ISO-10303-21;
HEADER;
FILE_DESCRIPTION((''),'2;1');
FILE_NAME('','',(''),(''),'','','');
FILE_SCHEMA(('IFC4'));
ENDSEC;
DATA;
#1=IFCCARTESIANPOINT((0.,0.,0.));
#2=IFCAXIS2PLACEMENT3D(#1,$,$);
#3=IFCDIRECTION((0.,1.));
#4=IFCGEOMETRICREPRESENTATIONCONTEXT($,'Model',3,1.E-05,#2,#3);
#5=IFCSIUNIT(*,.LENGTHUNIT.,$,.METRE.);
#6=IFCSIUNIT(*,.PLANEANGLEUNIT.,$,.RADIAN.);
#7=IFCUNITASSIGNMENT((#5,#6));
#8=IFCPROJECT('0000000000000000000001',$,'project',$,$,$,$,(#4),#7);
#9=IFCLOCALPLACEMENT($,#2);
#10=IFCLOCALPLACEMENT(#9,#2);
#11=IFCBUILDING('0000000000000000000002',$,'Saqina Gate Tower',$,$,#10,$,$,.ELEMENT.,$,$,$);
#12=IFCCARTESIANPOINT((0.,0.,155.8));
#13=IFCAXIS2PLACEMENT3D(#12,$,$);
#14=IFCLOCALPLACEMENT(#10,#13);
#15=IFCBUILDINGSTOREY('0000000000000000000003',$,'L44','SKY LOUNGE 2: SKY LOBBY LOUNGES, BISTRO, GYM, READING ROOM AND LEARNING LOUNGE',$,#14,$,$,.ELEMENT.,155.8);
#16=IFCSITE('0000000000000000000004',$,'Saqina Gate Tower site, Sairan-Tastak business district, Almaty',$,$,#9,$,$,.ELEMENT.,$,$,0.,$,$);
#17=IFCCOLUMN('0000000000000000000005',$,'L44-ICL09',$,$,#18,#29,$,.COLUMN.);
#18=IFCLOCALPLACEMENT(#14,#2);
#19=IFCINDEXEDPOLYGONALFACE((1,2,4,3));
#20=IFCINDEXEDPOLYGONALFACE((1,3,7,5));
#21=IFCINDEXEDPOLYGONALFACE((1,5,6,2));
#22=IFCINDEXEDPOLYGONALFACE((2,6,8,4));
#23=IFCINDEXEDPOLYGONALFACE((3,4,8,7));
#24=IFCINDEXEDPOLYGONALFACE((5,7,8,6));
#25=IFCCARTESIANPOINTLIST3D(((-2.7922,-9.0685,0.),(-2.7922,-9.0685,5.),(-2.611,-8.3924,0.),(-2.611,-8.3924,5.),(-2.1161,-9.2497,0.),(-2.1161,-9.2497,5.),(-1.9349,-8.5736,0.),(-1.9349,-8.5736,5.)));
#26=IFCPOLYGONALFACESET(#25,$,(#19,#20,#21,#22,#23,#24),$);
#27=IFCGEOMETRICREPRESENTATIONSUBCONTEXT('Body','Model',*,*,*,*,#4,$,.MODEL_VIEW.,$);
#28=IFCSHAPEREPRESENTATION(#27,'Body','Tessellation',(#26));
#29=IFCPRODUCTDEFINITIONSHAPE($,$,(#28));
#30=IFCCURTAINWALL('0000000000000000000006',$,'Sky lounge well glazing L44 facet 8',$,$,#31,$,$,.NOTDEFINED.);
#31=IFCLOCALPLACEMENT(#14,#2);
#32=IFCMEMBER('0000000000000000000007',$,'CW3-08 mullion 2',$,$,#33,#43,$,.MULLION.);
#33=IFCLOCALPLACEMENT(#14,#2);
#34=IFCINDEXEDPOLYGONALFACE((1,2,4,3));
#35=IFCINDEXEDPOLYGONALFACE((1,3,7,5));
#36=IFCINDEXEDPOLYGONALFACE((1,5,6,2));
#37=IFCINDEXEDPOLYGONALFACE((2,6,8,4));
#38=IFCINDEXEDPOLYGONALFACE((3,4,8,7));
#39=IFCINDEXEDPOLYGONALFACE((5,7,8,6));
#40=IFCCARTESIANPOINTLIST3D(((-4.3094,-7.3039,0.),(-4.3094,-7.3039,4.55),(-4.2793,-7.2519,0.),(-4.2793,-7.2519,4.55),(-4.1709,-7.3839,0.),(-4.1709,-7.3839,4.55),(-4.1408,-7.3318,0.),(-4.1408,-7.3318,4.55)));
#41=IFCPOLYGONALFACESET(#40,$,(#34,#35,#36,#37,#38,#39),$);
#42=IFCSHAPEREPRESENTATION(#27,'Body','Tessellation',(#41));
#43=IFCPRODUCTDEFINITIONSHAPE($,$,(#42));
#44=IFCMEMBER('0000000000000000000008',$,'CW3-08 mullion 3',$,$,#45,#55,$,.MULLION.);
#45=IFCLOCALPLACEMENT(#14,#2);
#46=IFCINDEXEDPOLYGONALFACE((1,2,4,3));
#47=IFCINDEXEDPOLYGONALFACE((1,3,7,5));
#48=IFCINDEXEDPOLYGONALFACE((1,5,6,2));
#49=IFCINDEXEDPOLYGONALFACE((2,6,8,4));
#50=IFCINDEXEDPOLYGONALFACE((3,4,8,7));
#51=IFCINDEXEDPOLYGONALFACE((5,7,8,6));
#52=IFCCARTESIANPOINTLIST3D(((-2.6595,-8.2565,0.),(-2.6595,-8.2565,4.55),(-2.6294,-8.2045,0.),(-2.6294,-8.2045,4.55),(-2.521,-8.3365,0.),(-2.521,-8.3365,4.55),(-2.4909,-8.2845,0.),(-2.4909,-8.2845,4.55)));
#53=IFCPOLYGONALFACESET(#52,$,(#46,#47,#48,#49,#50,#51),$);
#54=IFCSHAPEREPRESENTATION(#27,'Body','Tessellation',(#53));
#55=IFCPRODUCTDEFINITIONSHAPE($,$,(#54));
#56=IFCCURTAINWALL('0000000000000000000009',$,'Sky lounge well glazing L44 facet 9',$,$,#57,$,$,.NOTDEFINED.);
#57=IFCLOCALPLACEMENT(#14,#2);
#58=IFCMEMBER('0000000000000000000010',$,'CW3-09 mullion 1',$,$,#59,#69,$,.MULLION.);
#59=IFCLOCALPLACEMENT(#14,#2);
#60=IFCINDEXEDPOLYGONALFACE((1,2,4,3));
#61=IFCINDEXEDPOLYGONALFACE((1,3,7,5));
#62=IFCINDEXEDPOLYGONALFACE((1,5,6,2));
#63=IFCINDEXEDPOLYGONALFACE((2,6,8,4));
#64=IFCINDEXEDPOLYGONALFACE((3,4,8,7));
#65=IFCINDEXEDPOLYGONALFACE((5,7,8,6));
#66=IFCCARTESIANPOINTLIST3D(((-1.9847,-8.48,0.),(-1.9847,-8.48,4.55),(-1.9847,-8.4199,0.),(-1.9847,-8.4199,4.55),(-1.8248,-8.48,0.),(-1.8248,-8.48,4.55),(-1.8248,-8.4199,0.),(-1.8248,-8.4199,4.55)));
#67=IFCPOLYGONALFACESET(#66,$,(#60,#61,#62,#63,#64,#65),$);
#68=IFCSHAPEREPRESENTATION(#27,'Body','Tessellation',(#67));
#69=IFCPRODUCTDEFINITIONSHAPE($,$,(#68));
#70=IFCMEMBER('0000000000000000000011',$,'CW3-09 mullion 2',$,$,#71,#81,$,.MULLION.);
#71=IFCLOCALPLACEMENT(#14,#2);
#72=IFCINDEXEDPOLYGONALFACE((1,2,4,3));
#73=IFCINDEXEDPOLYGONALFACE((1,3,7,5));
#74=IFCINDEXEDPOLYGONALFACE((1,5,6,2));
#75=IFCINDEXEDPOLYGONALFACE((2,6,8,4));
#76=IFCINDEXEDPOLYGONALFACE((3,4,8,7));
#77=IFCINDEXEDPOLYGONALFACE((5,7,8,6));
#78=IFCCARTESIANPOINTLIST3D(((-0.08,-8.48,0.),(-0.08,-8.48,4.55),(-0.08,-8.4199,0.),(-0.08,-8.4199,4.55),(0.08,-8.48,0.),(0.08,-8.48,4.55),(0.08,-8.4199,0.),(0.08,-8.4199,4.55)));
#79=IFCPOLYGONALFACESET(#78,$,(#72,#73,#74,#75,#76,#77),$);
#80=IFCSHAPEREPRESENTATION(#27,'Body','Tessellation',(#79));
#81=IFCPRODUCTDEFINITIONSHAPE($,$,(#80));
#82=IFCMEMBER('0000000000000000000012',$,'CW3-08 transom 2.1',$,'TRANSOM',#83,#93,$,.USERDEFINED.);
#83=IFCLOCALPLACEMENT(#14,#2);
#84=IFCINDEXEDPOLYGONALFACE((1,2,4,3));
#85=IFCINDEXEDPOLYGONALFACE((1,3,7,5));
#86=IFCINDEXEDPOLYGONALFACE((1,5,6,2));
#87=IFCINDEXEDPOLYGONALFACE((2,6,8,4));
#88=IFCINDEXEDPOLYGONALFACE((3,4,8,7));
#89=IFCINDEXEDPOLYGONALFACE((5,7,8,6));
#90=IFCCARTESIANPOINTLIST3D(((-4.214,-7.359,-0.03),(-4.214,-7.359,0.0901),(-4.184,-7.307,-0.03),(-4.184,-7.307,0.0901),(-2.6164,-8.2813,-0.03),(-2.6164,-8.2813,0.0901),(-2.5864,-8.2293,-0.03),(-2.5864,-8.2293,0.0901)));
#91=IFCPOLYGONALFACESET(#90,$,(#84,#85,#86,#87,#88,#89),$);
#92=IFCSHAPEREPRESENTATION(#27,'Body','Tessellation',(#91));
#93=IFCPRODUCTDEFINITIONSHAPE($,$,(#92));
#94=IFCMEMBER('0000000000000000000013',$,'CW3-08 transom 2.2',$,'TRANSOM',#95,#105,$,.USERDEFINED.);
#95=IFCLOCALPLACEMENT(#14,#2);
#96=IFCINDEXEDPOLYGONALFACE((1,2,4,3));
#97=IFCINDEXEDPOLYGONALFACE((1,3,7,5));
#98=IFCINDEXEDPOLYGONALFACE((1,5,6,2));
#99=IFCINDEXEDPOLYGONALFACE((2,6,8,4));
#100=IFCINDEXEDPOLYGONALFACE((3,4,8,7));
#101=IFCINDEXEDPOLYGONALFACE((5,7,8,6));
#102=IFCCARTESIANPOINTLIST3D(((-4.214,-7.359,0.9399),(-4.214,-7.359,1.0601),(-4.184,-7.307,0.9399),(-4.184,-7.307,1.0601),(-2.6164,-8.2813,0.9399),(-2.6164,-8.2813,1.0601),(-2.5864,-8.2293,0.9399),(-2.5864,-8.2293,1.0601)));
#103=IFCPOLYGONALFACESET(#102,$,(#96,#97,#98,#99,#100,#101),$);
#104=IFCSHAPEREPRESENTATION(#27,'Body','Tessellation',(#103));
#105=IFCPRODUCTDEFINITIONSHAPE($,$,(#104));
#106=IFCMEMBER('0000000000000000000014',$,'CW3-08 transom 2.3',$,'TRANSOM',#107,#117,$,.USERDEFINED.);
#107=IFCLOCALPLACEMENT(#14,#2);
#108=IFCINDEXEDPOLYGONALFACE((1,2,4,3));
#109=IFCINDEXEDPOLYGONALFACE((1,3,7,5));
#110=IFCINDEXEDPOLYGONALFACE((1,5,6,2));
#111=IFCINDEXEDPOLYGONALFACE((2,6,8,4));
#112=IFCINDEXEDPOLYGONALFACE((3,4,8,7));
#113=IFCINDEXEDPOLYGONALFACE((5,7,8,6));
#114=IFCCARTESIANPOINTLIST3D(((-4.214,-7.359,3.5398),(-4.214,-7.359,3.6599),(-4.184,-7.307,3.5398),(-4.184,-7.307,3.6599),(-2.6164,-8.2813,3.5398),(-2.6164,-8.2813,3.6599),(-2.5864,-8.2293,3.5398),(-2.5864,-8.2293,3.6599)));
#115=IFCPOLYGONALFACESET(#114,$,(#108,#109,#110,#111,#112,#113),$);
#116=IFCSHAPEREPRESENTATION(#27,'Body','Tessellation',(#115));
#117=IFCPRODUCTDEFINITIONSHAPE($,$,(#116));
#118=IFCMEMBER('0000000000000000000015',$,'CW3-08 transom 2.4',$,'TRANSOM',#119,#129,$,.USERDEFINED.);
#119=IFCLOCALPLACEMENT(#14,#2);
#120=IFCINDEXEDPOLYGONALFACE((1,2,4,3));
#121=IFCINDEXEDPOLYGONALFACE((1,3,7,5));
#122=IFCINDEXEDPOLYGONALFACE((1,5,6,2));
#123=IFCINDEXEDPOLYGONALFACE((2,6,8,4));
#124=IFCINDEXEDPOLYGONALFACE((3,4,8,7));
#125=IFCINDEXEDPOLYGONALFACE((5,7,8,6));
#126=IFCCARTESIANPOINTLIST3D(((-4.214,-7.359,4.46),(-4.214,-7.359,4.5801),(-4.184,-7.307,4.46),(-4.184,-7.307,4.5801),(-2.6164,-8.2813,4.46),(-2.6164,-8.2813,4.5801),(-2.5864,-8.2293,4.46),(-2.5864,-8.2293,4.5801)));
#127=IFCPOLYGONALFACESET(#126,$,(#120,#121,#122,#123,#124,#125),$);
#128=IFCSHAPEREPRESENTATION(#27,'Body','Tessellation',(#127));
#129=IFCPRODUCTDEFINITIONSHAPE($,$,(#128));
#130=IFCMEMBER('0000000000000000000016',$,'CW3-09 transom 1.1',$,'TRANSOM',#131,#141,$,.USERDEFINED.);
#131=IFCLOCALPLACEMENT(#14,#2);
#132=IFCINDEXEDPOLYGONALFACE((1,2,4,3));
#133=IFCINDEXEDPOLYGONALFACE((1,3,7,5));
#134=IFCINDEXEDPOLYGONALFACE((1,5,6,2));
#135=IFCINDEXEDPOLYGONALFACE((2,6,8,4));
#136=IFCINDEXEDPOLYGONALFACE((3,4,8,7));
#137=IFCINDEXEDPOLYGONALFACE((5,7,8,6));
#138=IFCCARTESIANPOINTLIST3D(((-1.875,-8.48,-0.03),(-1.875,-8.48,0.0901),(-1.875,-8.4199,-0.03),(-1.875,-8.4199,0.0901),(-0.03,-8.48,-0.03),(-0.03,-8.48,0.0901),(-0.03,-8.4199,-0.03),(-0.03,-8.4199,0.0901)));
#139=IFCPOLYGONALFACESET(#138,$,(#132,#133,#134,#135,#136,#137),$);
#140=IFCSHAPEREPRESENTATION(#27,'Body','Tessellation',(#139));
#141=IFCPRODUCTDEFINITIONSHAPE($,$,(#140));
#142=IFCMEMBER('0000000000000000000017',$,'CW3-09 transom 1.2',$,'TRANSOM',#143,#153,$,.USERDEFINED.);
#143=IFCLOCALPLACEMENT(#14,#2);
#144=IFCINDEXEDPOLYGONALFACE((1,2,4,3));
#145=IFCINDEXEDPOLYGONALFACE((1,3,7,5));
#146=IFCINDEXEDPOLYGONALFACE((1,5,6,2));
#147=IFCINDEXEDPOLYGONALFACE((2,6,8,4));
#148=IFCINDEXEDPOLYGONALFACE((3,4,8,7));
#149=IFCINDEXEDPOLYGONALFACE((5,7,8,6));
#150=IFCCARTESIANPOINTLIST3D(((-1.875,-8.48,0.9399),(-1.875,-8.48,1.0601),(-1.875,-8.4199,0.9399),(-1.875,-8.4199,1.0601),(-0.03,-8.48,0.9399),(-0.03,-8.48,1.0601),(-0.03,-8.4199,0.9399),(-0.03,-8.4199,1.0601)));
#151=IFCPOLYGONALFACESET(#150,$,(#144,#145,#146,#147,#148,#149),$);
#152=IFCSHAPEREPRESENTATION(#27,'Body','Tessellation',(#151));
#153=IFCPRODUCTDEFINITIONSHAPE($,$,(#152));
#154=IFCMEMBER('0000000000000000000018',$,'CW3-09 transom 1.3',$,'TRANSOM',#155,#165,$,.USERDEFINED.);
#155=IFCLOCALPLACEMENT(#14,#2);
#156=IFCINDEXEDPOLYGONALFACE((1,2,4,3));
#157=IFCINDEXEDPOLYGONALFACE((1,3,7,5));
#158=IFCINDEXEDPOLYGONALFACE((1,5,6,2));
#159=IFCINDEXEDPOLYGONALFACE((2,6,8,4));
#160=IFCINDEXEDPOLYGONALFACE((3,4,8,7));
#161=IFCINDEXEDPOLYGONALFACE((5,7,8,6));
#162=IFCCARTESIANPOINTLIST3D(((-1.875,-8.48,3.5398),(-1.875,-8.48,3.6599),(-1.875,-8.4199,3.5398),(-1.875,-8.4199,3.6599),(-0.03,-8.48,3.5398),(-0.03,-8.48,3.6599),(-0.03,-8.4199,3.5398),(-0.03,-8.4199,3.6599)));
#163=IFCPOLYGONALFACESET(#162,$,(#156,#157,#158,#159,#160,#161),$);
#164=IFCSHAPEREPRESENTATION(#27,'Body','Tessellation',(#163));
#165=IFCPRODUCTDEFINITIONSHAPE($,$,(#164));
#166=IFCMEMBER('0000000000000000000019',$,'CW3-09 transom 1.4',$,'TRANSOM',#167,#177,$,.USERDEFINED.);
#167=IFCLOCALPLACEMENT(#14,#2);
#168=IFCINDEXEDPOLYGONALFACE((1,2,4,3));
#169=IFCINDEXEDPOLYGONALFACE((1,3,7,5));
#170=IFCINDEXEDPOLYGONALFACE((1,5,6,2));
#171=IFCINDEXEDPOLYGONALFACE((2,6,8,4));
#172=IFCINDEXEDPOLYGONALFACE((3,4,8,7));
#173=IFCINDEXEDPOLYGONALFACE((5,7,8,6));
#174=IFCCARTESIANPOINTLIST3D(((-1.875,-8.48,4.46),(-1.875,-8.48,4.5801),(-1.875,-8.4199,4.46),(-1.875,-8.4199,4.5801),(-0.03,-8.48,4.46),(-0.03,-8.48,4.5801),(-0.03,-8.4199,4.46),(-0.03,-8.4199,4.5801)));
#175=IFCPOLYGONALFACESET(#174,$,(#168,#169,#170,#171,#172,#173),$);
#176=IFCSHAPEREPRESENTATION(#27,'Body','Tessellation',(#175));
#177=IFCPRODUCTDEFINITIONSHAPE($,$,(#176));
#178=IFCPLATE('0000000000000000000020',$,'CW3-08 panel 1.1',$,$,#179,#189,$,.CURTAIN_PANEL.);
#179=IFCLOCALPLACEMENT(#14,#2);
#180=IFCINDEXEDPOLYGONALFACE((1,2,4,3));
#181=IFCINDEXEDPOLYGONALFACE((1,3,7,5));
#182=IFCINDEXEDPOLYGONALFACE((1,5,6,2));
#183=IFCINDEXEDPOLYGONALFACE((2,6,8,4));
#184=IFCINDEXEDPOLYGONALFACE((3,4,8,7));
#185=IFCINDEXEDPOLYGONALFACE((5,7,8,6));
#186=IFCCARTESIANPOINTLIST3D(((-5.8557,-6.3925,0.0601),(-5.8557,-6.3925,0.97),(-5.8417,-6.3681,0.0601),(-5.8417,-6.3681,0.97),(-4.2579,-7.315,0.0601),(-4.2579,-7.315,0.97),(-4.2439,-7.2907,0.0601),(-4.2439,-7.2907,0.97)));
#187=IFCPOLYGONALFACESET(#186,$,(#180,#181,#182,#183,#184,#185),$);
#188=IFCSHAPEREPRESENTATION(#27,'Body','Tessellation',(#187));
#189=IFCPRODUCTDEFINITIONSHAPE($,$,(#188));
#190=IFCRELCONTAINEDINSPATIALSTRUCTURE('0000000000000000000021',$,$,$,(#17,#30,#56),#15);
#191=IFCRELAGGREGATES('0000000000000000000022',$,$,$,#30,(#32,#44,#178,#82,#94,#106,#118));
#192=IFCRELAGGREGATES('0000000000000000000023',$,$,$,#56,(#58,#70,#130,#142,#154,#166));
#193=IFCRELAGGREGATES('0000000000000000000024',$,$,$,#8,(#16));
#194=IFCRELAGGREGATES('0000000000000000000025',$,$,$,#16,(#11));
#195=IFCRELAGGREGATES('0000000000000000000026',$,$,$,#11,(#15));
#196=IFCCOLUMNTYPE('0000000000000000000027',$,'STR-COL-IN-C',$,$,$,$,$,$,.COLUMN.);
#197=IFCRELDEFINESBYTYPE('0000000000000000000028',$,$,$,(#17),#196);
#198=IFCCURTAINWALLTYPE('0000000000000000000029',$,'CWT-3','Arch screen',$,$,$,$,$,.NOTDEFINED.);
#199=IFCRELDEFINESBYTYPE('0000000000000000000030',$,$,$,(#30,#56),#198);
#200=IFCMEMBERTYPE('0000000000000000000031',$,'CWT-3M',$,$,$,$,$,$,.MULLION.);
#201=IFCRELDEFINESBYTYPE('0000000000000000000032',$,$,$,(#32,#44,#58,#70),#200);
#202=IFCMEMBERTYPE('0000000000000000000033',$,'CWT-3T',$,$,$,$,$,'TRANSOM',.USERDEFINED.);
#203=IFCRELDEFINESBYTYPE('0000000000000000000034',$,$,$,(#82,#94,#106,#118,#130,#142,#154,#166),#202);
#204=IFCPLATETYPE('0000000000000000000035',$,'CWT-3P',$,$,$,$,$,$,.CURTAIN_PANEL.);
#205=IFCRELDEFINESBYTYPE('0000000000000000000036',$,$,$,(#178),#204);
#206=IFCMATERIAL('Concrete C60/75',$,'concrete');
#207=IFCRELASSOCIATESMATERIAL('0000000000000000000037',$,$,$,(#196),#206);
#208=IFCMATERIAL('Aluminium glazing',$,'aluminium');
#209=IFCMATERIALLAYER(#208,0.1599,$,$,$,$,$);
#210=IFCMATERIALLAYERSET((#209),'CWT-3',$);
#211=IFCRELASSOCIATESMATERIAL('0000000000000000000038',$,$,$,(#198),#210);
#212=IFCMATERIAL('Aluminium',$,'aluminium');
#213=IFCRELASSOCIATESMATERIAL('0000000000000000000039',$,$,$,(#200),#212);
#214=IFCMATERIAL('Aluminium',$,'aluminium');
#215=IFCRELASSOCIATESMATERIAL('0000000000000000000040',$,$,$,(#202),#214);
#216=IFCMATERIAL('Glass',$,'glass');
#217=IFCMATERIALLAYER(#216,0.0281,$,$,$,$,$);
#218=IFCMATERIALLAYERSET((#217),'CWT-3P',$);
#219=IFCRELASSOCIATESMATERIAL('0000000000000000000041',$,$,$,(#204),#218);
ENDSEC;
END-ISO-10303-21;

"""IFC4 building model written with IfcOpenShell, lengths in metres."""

from ifc_helpers import new_model, si_unit, direction, frame, origin, origin_2d, place, context, subcontext, project, spatial, rectangle, extrude, material, layer, layer_set, material_profile, profile_set, type_object, element, aggregate, save


model = new_model("IFC4")

# Units and contexts
model_context = context("Model", 3, precision=1e-05, world=origin(), true_north=direction((0.0, 1.0)))
body_context = subcontext(model_context, "Body", "Model", "MODEL_VIEW")
ifc_project = project(units=[si_unit("LENGTHUNIT", "METRE"), si_unit("PLANEANGLEUNIT", "RADIAN")], contexts=[model_context])

# Site, building, storey
site_placement = place(None, origin())
site = spatial("IfcSite", under=ifc_project, at=site_placement, Name="Saqina Gate Tower site, Sairan-Tastak business district, Almaty", CompositionType="ELEMENT", RefElevation=0.0)
building_placement = place(site_placement, origin())
building = spatial("IfcBuilding", under=site, at=building_placement, Name="Saqina Gate Tower", CompositionType="ELEMENT")
storey_placement = place(building_placement, frame((0.0, 0.0, 155.8)))
storey = spatial("IfcBuildingStorey", under=building, at=storey_placement, Name="L44", Description="SKY LOUNGE 2: SKY LOBBY LOUNGES, BISTRO, GYM, READING ROOM AND LEARNING LOUNGE", CompositionType="ELEMENT", Elevation=155.8)

# Column
ifc_material_1 = material(Name="Concrete C60/75", Category="concrete")
ifc_material_profile_1 = material_profile(ifc_material_1, rectangle(XDim=0.7, YDim=0.7, at=origin_2d()), Name="RC 700x700")
ifc_profile_set_1 = profile_set([ifc_material_profile_1], Name="Concrete C60/75")
column_type = type_object("IfcColumnType", Name="STR-COL-IN-C", PredefinedType="COLUMN", material=ifc_profile_set_1)
column_placement = place(storey_placement, frame((-2.3635, -8.821, 0.0), z_axis=(0.0, 0.0, 1.0), x_axis=(-0.258819, -0.965926, 0.0)))
element("IfcColumn", 1, at=column_placement, inside=storey, type_object=column_type, Name="L44-ICL09", PredefinedType="COLUMN", context=body_context, shape_type="SweptSolid", body=[
    extrude(rectangle(XDim=0.7, YDim=0.7, at=origin_2d()), origin(), (0.0, 0.0, 1.0), 5.0),
])

# Curtain walls, members
ifc_material_2 = material(Name="Aluminium glazing", Category="aluminium")
ifc_layer_1 = layer(ifc_material_2, 0.1599)
ifc_layer_set_1 = layer_set([ifc_layer_1], Name="CWT-3")
curtain_wall_type = type_object("IfcCurtainWallType", Name="CWT-3", Description="Arch screen", PredefinedType="NOTDEFINED", material=ifc_layer_set_1)
curtain_wall_1_placement = place(storey_placement, origin())
curtain_wall_1 = element("IfcCurtainWall", 2, at=curtain_wall_1_placement, inside=storey, type_object=curtain_wall_type, Name="Sky lounge well glazing L44 facet 8", PredefinedType="NOTDEFINED")
ifc_material_3 = material(Name="Aluminium", Category="aluminium")
ifc_material_profile_2 = material_profile(ifc_material_3, rectangle(XDim=0.0601, YDim=0.1599, at=origin_2d()), Name="Aluminium 60x160")
ifc_profile_set_2 = profile_set([ifc_material_profile_2], Name="Aluminium")
member_type_1 = type_object("IfcMemberType", Name="CWT-3M", PredefinedType="MULLION", material=ifc_profile_set_2)
member_1_placement = place(storey_placement, frame((-4.2251, -7.3179, 0.0), z_axis=(0.0, 0.0, 1.0), x_axis=(0.500013, 0.866018, 0.0)))
member_1 = element("IfcMember", 3, at=member_1_placement, type_object=member_type_1, Name="CW3-08 mullion 2", PredefinedType="MULLION", context=body_context, shape_type="SweptSolid", body=[
    extrude(rectangle(XDim=0.0601, YDim=0.1599, at=origin_2d()), origin(), (0.0, 0.0, 1.0), 4.55),
])
member_2_placement = place(storey_placement, frame((-2.5752, -8.2705, 0.0), z_axis=(0.0, 0.0, 1.0), x_axis=(0.500013, 0.866018, 0.0)))
member_2 = element("IfcMember", 4, at=member_2_placement, type_object=member_type_1, Name="CW3-08 mullion 3", PredefinedType="MULLION", context=body_context, shape_type="SweptSolid", body=[
    extrude(rectangle(XDim=0.0601, YDim=0.1599, at=origin_2d()), origin(), (0.0, 0.0, 1.0), 4.55),
])
curtain_wall_2_placement = place(storey_placement, origin())
curtain_wall_2 = element("IfcCurtainWall", 5, at=curtain_wall_2_placement, inside=storey, type_object=curtain_wall_type, Name="Sky lounge well glazing L44 facet 9", PredefinedType="NOTDEFINED")
member_3_placement = place(storey_placement, frame((-1.9048, -8.45, 0.0), z_axis=(0.0, 0.0, 1.0), x_axis=(0.0, 1.0, 0.0)))
member_3 = element("IfcMember", 6, at=member_3_placement, type_object=member_type_1, Name="CW3-09 mullion 1", PredefinedType="MULLION", context=body_context, shape_type="SweptSolid", body=[
    extrude(rectangle(XDim=0.0601, YDim=0.1599, at=origin_2d()), origin(), (0.0, 0.0, 1.0), 4.55),
])
member_4_placement = place(storey_placement, frame((0.0, -8.45, 0.0), z_axis=(0.0, 0.0, 1.0), x_axis=(0.0, 1.0, 0.0)))
member_4 = element("IfcMember", 7, at=member_4_placement, type_object=member_type_1, Name="CW3-09 mullion 2", PredefinedType="MULLION", context=body_context, shape_type="SweptSolid", body=[
    extrude(rectangle(XDim=0.0601, YDim=0.1599, at=origin_2d()), origin(), (0.0, 0.0, 1.0), 4.55),
])

# Members
ifc_material_4 = material(Name="Aluminium", Category="aluminium")
ifc_material_profile_3 = material_profile(ifc_material_4, rectangle(XDim=0.0601, YDim=0.1201, at=origin_2d()), Name="Aluminium 60x120")
ifc_profile_set_3 = profile_set([ifc_material_profile_3], Name="Aluminium")
member_type_2 = type_object("IfcMemberType", Name="CWT-3T", ElementType="TRANSOM", PredefinedType="USERDEFINED", material=ifc_profile_set_3)
member_5_placement = place(storey_placement, frame((-4.199, -7.333, 0.03), z_axis=(0.866036, -0.499982, 0.0), x_axis=(0.499982, 0.866036, 0.0)))
member_5 = element("IfcMember", 8, at=member_5_placement, type_object=member_type_2, Name="CW3-08 transom 2.1", ObjectType="TRANSOM", PredefinedType="USERDEFINED", context=body_context, shape_type="SweptSolid", body=[
    extrude(rectangle(XDim=0.0601, YDim=0.1201, at=origin_2d()), origin(), (0.0, 0.0, 1.0), 1.8447),
])
member_6_placement = place(storey_placement, frame((-4.199, -7.333, 1.0), z_axis=(0.866036, -0.499982, 0.0), x_axis=(0.499982, 0.866036, 0.0)))
member_6 = element("IfcMember", 9, at=member_6_placement, type_object=member_type_2, Name="CW3-08 transom 2.2", ObjectType="TRANSOM", PredefinedType="USERDEFINED", context=body_context, shape_type="SweptSolid", body=[
    extrude(rectangle(XDim=0.0601, YDim=0.1201, at=origin_2d()), origin(), (0.0, 0.0, 1.0), 1.8447),
])
member_7_placement = place(storey_placement, frame((-4.199, -7.333, 3.5999), z_axis=(0.866036, -0.499982, 0.0), x_axis=(0.499982, 0.866036, 0.0)))
member_7 = element("IfcMember", 10, at=member_7_placement, type_object=member_type_2, Name="CW3-08 transom 2.3", ObjectType="TRANSOM", PredefinedType="USERDEFINED", context=body_context, shape_type="SweptSolid", body=[
    extrude(rectangle(XDim=0.0601, YDim=0.1201, at=origin_2d()), origin(), (0.0, 0.0, 1.0), 1.8447),
])
member_8_placement = place(storey_placement, frame((-4.199, -7.333, 4.52), z_axis=(0.866036, -0.499982, 0.0), x_axis=(0.499982, 0.866036, 0.0)))
member_8 = element("IfcMember", 11, at=member_8_placement, type_object=member_type_2, Name="CW3-08 transom 2.4", ObjectType="TRANSOM", PredefinedType="USERDEFINED", context=body_context, shape_type="SweptSolid", body=[
    extrude(rectangle(XDim=0.0601, YDim=0.1201, at=origin_2d()), origin(), (0.0, 0.0, 1.0), 1.8447),
])
member_9_placement = place(storey_placement, frame((-1.875, -8.45, 0.03), z_axis=(1.0, 0.0, 0.0), x_axis=(0.0, 1.0, 0.0)))
member_9 = element("IfcMember", 12, at=member_9_placement, type_object=member_type_2, Name="CW3-09 transom 1.1", ObjectType="TRANSOM", PredefinedType="USERDEFINED", context=body_context, shape_type="SweptSolid", body=[
    extrude(rectangle(XDim=0.0601, YDim=0.1201, at=origin_2d()), origin(), (0.0, 0.0, 1.0), 1.845),
])
member_10_placement = place(storey_placement, frame((-1.875, -8.45, 1.0), z_axis=(1.0, 0.0, 0.0), x_axis=(0.0, 1.0, 0.0)))
member_10 = element("IfcMember", 13, at=member_10_placement, type_object=member_type_2, Name="CW3-09 transom 1.2", ObjectType="TRANSOM", PredefinedType="USERDEFINED", context=body_context, shape_type="SweptSolid", body=[
    extrude(rectangle(XDim=0.0601, YDim=0.1201, at=origin_2d()), origin(), (0.0, 0.0, 1.0), 1.845),
])
member_11_placement = place(storey_placement, frame((-1.875, -8.45, 3.5999), z_axis=(1.0, 0.0, 0.0), x_axis=(0.0, 1.0, 0.0)))
member_11 = element("IfcMember", 14, at=member_11_placement, type_object=member_type_2, Name="CW3-09 transom 1.3", ObjectType="TRANSOM", PredefinedType="USERDEFINED", context=body_context, shape_type="SweptSolid", body=[
    extrude(rectangle(XDim=0.0601, YDim=0.1201, at=origin_2d()), origin(), (0.0, 0.0, 1.0), 1.845),
])
member_12_placement = place(storey_placement, frame((-1.875, -8.45, 4.52), z_axis=(1.0, 0.0, 0.0), x_axis=(0.0, 1.0, 0.0)))
member_12 = element("IfcMember", 15, at=member_12_placement, type_object=member_type_2, Name="CW3-09 transom 1.4", ObjectType="TRANSOM", PredefinedType="USERDEFINED", context=body_context, shape_type="SweptSolid", body=[
    extrude(rectangle(XDim=0.0601, YDim=0.1201, at=origin_2d()), origin(), (0.0, 0.0, 1.0), 1.845),
])

# Plate
ifc_material_5 = material(Name="Glass", Category="glass")
ifc_layer_2 = layer(ifc_material_5, 0.0281)
ifc_layer_set_2 = layer_set([ifc_layer_2], Name="CWT-3P")
plate_type = type_object("IfcPlateType", Name="CWT-3P", PredefinedType="CURTAIN_PANEL", material=ifc_layer_set_2)
plate_1_placement = place(storey_placement, frame((-5.0498, -6.8416, 0.0601), z_axis=(0.0, 0.0, 1.0), x_axis=(0.866018, -0.500013, 0.0)))
plate_1 = element("IfcPlate", 16, at=plate_1_placement, type_object=plate_type, Name="CW3-08 panel 1.1", PredefinedType="CURTAIN_PANEL", context=body_context, shape_type="SweptSolid", body=[
    extrude(rectangle(XDim=1.845, YDim=0.0281, at=origin_2d()), origin(), (0.0, 0.0, 1.0), 0.9099),
])
aggregate(curtain_wall_1, [member_1, member_2, plate_1, member_5, member_6, member_7, member_8])
aggregate(curtain_wall_2, [member_3, member_4, member_9, member_10, member_11, member_12])

save(model, "model.ifc")
